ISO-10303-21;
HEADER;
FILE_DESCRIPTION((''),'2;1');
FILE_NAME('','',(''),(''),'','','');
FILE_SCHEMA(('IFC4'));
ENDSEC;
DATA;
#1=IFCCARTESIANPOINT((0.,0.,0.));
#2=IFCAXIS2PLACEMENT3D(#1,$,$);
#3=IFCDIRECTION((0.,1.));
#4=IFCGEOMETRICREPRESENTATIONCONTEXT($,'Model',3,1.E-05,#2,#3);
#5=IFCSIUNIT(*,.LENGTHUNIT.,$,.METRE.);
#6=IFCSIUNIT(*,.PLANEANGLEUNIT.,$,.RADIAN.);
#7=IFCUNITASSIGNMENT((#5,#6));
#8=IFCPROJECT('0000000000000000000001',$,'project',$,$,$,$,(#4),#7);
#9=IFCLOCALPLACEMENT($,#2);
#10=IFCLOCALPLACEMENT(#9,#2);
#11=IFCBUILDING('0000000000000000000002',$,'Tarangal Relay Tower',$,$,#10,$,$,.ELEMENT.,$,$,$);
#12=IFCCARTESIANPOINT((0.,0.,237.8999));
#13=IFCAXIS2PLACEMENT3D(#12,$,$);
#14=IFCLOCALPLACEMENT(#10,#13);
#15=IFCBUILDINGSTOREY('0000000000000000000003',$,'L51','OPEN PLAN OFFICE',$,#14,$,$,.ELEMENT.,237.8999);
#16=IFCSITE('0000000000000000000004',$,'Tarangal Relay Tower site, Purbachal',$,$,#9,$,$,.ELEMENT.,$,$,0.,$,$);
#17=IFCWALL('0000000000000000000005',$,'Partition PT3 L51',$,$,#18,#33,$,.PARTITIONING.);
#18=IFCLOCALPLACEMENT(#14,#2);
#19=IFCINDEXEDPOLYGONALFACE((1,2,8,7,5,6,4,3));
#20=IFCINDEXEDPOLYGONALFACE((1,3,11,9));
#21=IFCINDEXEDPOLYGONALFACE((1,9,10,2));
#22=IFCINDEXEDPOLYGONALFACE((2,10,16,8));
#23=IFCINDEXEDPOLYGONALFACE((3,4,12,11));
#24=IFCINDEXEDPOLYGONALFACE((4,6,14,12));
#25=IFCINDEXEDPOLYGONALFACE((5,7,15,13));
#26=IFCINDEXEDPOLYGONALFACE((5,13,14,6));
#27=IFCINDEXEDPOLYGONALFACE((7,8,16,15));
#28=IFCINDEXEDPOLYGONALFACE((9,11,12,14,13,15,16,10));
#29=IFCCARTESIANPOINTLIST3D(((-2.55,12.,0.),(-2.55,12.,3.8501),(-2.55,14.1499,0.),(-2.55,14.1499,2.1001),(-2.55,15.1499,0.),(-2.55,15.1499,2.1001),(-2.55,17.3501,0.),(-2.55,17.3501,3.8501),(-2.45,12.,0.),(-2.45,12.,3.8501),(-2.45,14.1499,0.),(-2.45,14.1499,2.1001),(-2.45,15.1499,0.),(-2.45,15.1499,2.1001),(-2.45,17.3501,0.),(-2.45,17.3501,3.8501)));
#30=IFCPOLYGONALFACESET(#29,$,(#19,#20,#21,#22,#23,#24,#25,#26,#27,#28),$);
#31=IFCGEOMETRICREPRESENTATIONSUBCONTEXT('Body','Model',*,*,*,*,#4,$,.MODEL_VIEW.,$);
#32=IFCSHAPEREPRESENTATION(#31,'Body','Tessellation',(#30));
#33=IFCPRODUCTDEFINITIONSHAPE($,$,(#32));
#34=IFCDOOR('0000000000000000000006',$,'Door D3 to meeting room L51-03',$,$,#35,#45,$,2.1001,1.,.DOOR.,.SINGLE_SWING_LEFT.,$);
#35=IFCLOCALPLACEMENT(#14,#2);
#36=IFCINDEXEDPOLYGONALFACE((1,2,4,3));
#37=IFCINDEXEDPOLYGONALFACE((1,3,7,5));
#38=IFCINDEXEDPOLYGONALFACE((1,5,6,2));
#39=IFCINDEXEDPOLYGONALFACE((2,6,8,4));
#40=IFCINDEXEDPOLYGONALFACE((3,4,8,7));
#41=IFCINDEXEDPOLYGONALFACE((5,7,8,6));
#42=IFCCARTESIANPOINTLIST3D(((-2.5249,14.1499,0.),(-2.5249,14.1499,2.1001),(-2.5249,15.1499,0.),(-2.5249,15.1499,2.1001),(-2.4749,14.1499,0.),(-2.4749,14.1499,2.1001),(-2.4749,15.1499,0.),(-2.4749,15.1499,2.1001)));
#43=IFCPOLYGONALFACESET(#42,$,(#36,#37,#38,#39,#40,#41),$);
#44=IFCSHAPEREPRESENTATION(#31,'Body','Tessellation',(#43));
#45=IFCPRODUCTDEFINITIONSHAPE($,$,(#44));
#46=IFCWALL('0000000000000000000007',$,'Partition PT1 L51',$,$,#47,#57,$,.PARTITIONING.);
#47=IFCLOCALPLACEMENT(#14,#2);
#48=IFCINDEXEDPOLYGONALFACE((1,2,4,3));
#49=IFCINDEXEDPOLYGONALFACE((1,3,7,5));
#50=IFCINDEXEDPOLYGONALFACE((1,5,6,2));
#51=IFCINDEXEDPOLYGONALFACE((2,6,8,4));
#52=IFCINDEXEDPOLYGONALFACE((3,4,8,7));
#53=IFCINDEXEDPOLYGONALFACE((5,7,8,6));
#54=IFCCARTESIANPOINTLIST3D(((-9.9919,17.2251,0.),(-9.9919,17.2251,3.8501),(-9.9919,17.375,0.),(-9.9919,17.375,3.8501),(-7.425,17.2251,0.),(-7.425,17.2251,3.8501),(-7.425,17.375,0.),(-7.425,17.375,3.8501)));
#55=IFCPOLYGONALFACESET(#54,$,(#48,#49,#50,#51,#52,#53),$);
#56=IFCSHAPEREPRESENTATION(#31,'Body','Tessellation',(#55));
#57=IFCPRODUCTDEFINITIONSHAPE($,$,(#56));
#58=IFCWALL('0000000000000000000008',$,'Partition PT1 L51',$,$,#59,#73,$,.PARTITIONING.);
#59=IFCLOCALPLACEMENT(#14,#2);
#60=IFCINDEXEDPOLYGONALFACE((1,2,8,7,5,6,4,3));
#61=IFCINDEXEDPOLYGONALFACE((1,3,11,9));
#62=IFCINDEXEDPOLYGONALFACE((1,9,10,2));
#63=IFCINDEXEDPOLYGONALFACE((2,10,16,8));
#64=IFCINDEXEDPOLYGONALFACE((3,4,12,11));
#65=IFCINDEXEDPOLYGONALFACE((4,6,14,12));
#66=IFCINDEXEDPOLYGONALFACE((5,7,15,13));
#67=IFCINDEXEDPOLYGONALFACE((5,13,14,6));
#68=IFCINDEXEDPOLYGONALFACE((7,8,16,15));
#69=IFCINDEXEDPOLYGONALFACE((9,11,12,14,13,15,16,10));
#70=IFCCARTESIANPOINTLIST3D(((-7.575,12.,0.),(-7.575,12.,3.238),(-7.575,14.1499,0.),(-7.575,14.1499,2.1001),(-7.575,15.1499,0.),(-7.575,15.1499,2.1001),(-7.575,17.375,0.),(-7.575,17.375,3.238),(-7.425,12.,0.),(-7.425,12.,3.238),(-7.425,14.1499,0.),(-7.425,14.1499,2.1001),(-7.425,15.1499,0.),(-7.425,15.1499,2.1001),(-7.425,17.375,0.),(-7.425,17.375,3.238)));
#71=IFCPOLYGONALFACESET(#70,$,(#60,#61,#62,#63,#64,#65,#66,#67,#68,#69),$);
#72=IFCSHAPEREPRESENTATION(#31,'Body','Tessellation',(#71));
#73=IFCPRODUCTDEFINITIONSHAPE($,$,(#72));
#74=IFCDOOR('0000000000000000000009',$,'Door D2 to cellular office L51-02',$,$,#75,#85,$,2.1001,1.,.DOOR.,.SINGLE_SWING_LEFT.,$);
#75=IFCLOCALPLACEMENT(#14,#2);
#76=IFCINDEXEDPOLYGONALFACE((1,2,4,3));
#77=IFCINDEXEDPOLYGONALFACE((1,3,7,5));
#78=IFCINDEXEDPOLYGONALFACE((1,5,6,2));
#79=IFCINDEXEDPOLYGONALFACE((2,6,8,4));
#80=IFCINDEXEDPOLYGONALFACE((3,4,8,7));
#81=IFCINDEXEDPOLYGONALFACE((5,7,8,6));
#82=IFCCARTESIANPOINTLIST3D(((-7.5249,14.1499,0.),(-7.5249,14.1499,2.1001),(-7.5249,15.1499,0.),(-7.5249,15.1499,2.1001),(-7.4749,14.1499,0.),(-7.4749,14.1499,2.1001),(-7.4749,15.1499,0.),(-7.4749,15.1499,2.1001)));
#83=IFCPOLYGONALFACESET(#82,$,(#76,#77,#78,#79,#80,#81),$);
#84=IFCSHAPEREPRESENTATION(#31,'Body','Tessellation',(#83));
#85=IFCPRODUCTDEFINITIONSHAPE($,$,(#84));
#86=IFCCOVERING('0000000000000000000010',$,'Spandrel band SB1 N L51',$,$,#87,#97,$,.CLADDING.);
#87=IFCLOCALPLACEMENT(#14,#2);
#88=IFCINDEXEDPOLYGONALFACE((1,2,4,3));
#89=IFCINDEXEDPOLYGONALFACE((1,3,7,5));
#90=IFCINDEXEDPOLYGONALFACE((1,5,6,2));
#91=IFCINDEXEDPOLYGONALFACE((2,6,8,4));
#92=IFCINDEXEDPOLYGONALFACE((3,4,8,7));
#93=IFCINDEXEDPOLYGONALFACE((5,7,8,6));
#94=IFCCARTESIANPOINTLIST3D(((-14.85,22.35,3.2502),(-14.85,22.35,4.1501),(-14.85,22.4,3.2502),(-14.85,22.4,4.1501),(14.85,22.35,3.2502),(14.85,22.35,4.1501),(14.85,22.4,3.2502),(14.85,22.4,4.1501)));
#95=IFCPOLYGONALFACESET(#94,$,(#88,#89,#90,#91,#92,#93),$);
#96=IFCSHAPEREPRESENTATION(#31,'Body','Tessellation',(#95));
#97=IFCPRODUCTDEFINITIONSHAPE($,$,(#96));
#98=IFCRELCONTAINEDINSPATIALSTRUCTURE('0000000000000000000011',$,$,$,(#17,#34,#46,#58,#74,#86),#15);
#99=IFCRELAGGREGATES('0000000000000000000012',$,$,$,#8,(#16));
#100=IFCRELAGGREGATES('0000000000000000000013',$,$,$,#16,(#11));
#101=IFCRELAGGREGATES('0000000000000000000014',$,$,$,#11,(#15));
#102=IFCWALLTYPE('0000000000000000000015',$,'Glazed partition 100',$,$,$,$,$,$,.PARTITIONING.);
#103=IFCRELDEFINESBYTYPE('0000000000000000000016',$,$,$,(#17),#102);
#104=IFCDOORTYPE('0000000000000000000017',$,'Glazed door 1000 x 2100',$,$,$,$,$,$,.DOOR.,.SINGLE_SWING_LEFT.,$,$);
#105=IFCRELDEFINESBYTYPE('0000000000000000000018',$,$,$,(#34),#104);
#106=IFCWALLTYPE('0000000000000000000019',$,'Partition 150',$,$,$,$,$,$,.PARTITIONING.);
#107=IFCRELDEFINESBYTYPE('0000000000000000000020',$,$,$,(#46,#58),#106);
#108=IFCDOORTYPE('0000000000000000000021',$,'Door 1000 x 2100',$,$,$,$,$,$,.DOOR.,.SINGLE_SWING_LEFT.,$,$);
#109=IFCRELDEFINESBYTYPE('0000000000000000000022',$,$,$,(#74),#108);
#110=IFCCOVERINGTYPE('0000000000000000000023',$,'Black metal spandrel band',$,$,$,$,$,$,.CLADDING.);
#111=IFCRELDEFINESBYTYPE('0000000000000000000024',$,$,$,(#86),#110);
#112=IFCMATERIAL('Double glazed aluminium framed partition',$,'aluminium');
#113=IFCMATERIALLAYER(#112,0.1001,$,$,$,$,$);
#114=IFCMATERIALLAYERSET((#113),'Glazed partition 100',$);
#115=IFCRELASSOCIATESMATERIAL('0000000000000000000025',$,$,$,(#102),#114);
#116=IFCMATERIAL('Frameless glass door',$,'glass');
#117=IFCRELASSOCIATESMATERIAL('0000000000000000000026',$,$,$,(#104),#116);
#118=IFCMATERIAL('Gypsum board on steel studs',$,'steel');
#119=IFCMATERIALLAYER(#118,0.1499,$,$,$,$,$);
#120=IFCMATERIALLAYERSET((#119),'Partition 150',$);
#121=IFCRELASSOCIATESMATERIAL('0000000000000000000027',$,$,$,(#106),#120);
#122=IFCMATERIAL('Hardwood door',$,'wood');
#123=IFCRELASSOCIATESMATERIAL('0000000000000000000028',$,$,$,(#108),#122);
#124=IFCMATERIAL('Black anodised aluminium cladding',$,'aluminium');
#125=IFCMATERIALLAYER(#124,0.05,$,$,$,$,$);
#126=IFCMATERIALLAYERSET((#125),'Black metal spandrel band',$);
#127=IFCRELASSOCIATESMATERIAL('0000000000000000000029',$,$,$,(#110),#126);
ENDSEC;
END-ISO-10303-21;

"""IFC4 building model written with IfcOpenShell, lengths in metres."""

from ifc_helpers import new_model, si_unit, direction, frame, frame_2d, origin, origin_2d, place, context, subcontext, project, spatial, rectangle, extrude, material, layer, layer_set, type_object, element, fill, save


model = new_model("IFC4")

# Units and contexts
model_context = context("Model", 3, precision=1e-05, world=origin(), true_north=direction((0.0, 1.0)))
body_context = subcontext(model_context, "Body", "Model", "MODEL_VIEW")
ifc_project = project(units=[si_unit("LENGTHUNIT", "METRE"), si_unit("PLANEANGLEUNIT", "RADIAN")], contexts=[model_context])

# Site, building, storey
site_placement = place(None, origin())
site = spatial("IfcSite", under=ifc_project, at=site_placement, Name="Tarangal Relay Tower site, Purbachal", CompositionType="ELEMENT", RefElevation=0.0)
building_placement = place(site_placement, origin())
building = spatial("IfcBuilding", under=site, at=building_placement, Name="Tarangal Relay Tower", CompositionType="ELEMENT")
storey_placement = place(building_placement, frame((0.0, 0.0, 237.8999)))
storey = spatial("IfcBuildingStorey", under=building, at=storey_placement, Name="L51", Description="OPEN PLAN OFFICE", CompositionType="ELEMENT", Elevation=237.8999)

# Shared definitions
ifc_material_1 = material(Name="Double glazed aluminium framed partition", Category="aluminium")
ifc_layer_1 = layer(ifc_material_1, 0.1001)
ifc_layer_set_1 = layer_set([ifc_layer_1], Name="Glazed partition 100")
wall_type_1 = type_object("IfcWallType", Name="Glazed partition 100", PredefinedType="PARTITIONING", material=ifc_layer_set_1)

# Wall, opening, door
wall_1_placement = place(storey_placement, frame((-2.5, 12.0, 0.0), z_axis=(0.0, 0.0, 1.0), x_axis=(0.0, 1.0, 0.0)))
wall_1 = element("IfcWall", 1, at=wall_1_placement, inside=storey, type_object=wall_type_1, Name="Partition PT3 L51", PredefinedType="PARTITIONING", context=body_context, shape_type="SweptSolid", body=[
    extrude(rectangle(XDim=5.3501, YDim=0.1001, at=frame_2d((2.675, 0.0))), origin(), (0.0, 0.0, 1.0), 3.8501),
])
opening_1_placement = place(wall_1_placement, frame((2.1499, 0.0, 0.0)))
opening_1 = element("IfcOpeningElement", 2, at=opening_1_placement, cuts=wall_1, PredefinedType="OPENING", context=body_context, shape_type="SweptSolid", body=[
    extrude(rectangle(XDim=1.0, YDim=2.1001, at=frame_2d((0.5, 1.05))), frame((0.0, 0.0601, 0.0), z_axis=(0.0, -1.0, 0.0), x_axis=(1.0, 0.0, 0.0)), (0.0, 0.0, 1.0), 0.1201),
])
ifc_material_2 = material(Name="Frameless glass door", Category="glass")
door_type_1 = type_object("IfcDoorType", Name="Glazed door 1000 x 2100", OperationType="SINGLE_SWING_LEFT", PredefinedType="DOOR", material=ifc_material_2)
door_1_placement = place(opening_1_placement, origin())
door_1 = element("IfcDoor", 3, at=door_1_placement, inside=storey, type_object=door_type_1, Name="Door D3 to meeting room L51-03", OperationType="SINGLE_SWING_LEFT", OverallHeight=2.1001, OverallWidth=1.0, PredefinedType="DOOR", context=body_context, shape_type="SweptSolid", body=[
    extrude(rectangle(XDim=1.0, YDim=2.1001, at=frame_2d((0.5, 1.05))), frame((0.0, 0.0249, 0.0), z_axis=(0.0, -1.0, 0.0), x_axis=(1.0, 0.0, 0.0)), (0.0, 0.0, 1.0), 0.05),
])
fill(opening_1, door_1)

# Wall
ifc_material_3 = material(Name="Gypsum board on steel studs", Category="steel")
ifc_layer_2 = layer(ifc_material_3, 0.1499)
ifc_layer_set_2 = layer_set([ifc_layer_2], Name="Partition 150")
wall_type_2 = type_object("IfcWallType", Name="Partition 150", PredefinedType="PARTITIONING", material=ifc_layer_set_2)
wall_2_placement = place(storey_placement, frame((-9.9919, 17.3, 0.0), z_axis=(0.0, 0.0, 1.0), x_axis=(1.0, 0.0, 0.0)))
element("IfcWall", 4, at=wall_2_placement, inside=storey, type_object=wall_type_2, Name="Partition PT1 L51", PredefinedType="PARTITIONING", context=body_context, shape_type="SweptSolid", body=[
    extrude(rectangle(XDim=2.5669, YDim=0.1499, at=frame_2d((1.2834, 0.0))), origin(), (0.0, 0.0, 1.0), 3.8501),
])

# Wall, opening, door
wall_3_placement = place(storey_placement, frame((-7.5, 12.0, 0.0), z_axis=(0.0, 0.0, 1.0), x_axis=(0.0, 1.0, 0.0)))
wall_3 = element("IfcWall", 5, at=wall_3_placement, inside=storey, type_object=wall_type_2, Name="Partition PT1 L51", PredefinedType="PARTITIONING", context=body_context, shape_type="SweptSolid", body=[
    extrude(rectangle(XDim=5.375, YDim=0.1499, at=frame_2d((2.6875, 0.0))), origin(), (0.0, 0.0, 1.0), 3.238),
])
opening_2_placement = place(wall_3_placement, frame((2.1499, 0.0, 0.0)))
opening_2 = element("IfcOpeningElement", 6, at=opening_2_placement, cuts=wall_3, PredefinedType="OPENING", context=body_context, shape_type="SweptSolid", body=[
    extrude(rectangle(XDim=1.0, YDim=2.1001, at=frame_2d((0.5, 1.05))), frame((0.0, 0.085, 0.0), z_axis=(0.0, -1.0, 0.0), x_axis=(1.0, 0.0, 0.0)), (0.0, 0.0, 1.0), 0.1699),
])
ifc_material_4 = material(Name="Hardwood door", Category="wood")
door_type_2 = type_object("IfcDoorType", Name="Door 1000 x 2100", OperationType="SINGLE_SWING_LEFT", PredefinedType="DOOR", material=ifc_material_4)
door_2_placement = place(opening_2_placement, origin())
door_2 = element("IfcDoor", 7, at=door_2_placement, inside=storey, type_object=door_type_2, Name="Door D2 to cellular office L51-02", OperationType="SINGLE_SWING_LEFT", OverallHeight=2.1001, OverallWidth=1.0, PredefinedType="DOOR", context=body_context, shape_type="SweptSolid", body=[
    extrude(rectangle(XDim=1.0, YDim=2.1001, at=frame_2d((0.5, 1.05))), frame((0.0, 0.0249, 0.0), z_axis=(0.0, -1.0, 0.0), x_axis=(1.0, 0.0, 0.0)), (0.0, 0.0, 1.0), 0.05),
])
fill(opening_2, door_2)

# Covering
ifc_material_5 = material(Name="Black anodised aluminium cladding", Category="aluminium")
ifc_layer_3 = layer(ifc_material_5, 0.05)
ifc_layer_set_3 = layer_set([ifc_layer_3], Name="Black metal spandrel band")
covering_type = type_object("IfcCoveringType", Name="Black metal spandrel band", PredefinedType="CLADDING", material=ifc_layer_set_3)
covering_placement = place(storey_placement, frame((0.0, 22.375, 3.2502), z_axis=(0.0, 0.0, 1.0), x_axis=(1.0, 0.0, 0.0)))
element("IfcCovering", 8, at=covering_placement, inside=storey, type_object=covering_type, Name="Spandrel band SB1 N L51", PredefinedType="CLADDING", context=body_context, shape_type="SweptSolid", body=[
    extrude(rectangle(XDim=29.7, YDim=0.05, at=origin_2d()), origin(), (0.0, 0.0, 1.0), 0.8999),
])

save(model, "model.ifc")
